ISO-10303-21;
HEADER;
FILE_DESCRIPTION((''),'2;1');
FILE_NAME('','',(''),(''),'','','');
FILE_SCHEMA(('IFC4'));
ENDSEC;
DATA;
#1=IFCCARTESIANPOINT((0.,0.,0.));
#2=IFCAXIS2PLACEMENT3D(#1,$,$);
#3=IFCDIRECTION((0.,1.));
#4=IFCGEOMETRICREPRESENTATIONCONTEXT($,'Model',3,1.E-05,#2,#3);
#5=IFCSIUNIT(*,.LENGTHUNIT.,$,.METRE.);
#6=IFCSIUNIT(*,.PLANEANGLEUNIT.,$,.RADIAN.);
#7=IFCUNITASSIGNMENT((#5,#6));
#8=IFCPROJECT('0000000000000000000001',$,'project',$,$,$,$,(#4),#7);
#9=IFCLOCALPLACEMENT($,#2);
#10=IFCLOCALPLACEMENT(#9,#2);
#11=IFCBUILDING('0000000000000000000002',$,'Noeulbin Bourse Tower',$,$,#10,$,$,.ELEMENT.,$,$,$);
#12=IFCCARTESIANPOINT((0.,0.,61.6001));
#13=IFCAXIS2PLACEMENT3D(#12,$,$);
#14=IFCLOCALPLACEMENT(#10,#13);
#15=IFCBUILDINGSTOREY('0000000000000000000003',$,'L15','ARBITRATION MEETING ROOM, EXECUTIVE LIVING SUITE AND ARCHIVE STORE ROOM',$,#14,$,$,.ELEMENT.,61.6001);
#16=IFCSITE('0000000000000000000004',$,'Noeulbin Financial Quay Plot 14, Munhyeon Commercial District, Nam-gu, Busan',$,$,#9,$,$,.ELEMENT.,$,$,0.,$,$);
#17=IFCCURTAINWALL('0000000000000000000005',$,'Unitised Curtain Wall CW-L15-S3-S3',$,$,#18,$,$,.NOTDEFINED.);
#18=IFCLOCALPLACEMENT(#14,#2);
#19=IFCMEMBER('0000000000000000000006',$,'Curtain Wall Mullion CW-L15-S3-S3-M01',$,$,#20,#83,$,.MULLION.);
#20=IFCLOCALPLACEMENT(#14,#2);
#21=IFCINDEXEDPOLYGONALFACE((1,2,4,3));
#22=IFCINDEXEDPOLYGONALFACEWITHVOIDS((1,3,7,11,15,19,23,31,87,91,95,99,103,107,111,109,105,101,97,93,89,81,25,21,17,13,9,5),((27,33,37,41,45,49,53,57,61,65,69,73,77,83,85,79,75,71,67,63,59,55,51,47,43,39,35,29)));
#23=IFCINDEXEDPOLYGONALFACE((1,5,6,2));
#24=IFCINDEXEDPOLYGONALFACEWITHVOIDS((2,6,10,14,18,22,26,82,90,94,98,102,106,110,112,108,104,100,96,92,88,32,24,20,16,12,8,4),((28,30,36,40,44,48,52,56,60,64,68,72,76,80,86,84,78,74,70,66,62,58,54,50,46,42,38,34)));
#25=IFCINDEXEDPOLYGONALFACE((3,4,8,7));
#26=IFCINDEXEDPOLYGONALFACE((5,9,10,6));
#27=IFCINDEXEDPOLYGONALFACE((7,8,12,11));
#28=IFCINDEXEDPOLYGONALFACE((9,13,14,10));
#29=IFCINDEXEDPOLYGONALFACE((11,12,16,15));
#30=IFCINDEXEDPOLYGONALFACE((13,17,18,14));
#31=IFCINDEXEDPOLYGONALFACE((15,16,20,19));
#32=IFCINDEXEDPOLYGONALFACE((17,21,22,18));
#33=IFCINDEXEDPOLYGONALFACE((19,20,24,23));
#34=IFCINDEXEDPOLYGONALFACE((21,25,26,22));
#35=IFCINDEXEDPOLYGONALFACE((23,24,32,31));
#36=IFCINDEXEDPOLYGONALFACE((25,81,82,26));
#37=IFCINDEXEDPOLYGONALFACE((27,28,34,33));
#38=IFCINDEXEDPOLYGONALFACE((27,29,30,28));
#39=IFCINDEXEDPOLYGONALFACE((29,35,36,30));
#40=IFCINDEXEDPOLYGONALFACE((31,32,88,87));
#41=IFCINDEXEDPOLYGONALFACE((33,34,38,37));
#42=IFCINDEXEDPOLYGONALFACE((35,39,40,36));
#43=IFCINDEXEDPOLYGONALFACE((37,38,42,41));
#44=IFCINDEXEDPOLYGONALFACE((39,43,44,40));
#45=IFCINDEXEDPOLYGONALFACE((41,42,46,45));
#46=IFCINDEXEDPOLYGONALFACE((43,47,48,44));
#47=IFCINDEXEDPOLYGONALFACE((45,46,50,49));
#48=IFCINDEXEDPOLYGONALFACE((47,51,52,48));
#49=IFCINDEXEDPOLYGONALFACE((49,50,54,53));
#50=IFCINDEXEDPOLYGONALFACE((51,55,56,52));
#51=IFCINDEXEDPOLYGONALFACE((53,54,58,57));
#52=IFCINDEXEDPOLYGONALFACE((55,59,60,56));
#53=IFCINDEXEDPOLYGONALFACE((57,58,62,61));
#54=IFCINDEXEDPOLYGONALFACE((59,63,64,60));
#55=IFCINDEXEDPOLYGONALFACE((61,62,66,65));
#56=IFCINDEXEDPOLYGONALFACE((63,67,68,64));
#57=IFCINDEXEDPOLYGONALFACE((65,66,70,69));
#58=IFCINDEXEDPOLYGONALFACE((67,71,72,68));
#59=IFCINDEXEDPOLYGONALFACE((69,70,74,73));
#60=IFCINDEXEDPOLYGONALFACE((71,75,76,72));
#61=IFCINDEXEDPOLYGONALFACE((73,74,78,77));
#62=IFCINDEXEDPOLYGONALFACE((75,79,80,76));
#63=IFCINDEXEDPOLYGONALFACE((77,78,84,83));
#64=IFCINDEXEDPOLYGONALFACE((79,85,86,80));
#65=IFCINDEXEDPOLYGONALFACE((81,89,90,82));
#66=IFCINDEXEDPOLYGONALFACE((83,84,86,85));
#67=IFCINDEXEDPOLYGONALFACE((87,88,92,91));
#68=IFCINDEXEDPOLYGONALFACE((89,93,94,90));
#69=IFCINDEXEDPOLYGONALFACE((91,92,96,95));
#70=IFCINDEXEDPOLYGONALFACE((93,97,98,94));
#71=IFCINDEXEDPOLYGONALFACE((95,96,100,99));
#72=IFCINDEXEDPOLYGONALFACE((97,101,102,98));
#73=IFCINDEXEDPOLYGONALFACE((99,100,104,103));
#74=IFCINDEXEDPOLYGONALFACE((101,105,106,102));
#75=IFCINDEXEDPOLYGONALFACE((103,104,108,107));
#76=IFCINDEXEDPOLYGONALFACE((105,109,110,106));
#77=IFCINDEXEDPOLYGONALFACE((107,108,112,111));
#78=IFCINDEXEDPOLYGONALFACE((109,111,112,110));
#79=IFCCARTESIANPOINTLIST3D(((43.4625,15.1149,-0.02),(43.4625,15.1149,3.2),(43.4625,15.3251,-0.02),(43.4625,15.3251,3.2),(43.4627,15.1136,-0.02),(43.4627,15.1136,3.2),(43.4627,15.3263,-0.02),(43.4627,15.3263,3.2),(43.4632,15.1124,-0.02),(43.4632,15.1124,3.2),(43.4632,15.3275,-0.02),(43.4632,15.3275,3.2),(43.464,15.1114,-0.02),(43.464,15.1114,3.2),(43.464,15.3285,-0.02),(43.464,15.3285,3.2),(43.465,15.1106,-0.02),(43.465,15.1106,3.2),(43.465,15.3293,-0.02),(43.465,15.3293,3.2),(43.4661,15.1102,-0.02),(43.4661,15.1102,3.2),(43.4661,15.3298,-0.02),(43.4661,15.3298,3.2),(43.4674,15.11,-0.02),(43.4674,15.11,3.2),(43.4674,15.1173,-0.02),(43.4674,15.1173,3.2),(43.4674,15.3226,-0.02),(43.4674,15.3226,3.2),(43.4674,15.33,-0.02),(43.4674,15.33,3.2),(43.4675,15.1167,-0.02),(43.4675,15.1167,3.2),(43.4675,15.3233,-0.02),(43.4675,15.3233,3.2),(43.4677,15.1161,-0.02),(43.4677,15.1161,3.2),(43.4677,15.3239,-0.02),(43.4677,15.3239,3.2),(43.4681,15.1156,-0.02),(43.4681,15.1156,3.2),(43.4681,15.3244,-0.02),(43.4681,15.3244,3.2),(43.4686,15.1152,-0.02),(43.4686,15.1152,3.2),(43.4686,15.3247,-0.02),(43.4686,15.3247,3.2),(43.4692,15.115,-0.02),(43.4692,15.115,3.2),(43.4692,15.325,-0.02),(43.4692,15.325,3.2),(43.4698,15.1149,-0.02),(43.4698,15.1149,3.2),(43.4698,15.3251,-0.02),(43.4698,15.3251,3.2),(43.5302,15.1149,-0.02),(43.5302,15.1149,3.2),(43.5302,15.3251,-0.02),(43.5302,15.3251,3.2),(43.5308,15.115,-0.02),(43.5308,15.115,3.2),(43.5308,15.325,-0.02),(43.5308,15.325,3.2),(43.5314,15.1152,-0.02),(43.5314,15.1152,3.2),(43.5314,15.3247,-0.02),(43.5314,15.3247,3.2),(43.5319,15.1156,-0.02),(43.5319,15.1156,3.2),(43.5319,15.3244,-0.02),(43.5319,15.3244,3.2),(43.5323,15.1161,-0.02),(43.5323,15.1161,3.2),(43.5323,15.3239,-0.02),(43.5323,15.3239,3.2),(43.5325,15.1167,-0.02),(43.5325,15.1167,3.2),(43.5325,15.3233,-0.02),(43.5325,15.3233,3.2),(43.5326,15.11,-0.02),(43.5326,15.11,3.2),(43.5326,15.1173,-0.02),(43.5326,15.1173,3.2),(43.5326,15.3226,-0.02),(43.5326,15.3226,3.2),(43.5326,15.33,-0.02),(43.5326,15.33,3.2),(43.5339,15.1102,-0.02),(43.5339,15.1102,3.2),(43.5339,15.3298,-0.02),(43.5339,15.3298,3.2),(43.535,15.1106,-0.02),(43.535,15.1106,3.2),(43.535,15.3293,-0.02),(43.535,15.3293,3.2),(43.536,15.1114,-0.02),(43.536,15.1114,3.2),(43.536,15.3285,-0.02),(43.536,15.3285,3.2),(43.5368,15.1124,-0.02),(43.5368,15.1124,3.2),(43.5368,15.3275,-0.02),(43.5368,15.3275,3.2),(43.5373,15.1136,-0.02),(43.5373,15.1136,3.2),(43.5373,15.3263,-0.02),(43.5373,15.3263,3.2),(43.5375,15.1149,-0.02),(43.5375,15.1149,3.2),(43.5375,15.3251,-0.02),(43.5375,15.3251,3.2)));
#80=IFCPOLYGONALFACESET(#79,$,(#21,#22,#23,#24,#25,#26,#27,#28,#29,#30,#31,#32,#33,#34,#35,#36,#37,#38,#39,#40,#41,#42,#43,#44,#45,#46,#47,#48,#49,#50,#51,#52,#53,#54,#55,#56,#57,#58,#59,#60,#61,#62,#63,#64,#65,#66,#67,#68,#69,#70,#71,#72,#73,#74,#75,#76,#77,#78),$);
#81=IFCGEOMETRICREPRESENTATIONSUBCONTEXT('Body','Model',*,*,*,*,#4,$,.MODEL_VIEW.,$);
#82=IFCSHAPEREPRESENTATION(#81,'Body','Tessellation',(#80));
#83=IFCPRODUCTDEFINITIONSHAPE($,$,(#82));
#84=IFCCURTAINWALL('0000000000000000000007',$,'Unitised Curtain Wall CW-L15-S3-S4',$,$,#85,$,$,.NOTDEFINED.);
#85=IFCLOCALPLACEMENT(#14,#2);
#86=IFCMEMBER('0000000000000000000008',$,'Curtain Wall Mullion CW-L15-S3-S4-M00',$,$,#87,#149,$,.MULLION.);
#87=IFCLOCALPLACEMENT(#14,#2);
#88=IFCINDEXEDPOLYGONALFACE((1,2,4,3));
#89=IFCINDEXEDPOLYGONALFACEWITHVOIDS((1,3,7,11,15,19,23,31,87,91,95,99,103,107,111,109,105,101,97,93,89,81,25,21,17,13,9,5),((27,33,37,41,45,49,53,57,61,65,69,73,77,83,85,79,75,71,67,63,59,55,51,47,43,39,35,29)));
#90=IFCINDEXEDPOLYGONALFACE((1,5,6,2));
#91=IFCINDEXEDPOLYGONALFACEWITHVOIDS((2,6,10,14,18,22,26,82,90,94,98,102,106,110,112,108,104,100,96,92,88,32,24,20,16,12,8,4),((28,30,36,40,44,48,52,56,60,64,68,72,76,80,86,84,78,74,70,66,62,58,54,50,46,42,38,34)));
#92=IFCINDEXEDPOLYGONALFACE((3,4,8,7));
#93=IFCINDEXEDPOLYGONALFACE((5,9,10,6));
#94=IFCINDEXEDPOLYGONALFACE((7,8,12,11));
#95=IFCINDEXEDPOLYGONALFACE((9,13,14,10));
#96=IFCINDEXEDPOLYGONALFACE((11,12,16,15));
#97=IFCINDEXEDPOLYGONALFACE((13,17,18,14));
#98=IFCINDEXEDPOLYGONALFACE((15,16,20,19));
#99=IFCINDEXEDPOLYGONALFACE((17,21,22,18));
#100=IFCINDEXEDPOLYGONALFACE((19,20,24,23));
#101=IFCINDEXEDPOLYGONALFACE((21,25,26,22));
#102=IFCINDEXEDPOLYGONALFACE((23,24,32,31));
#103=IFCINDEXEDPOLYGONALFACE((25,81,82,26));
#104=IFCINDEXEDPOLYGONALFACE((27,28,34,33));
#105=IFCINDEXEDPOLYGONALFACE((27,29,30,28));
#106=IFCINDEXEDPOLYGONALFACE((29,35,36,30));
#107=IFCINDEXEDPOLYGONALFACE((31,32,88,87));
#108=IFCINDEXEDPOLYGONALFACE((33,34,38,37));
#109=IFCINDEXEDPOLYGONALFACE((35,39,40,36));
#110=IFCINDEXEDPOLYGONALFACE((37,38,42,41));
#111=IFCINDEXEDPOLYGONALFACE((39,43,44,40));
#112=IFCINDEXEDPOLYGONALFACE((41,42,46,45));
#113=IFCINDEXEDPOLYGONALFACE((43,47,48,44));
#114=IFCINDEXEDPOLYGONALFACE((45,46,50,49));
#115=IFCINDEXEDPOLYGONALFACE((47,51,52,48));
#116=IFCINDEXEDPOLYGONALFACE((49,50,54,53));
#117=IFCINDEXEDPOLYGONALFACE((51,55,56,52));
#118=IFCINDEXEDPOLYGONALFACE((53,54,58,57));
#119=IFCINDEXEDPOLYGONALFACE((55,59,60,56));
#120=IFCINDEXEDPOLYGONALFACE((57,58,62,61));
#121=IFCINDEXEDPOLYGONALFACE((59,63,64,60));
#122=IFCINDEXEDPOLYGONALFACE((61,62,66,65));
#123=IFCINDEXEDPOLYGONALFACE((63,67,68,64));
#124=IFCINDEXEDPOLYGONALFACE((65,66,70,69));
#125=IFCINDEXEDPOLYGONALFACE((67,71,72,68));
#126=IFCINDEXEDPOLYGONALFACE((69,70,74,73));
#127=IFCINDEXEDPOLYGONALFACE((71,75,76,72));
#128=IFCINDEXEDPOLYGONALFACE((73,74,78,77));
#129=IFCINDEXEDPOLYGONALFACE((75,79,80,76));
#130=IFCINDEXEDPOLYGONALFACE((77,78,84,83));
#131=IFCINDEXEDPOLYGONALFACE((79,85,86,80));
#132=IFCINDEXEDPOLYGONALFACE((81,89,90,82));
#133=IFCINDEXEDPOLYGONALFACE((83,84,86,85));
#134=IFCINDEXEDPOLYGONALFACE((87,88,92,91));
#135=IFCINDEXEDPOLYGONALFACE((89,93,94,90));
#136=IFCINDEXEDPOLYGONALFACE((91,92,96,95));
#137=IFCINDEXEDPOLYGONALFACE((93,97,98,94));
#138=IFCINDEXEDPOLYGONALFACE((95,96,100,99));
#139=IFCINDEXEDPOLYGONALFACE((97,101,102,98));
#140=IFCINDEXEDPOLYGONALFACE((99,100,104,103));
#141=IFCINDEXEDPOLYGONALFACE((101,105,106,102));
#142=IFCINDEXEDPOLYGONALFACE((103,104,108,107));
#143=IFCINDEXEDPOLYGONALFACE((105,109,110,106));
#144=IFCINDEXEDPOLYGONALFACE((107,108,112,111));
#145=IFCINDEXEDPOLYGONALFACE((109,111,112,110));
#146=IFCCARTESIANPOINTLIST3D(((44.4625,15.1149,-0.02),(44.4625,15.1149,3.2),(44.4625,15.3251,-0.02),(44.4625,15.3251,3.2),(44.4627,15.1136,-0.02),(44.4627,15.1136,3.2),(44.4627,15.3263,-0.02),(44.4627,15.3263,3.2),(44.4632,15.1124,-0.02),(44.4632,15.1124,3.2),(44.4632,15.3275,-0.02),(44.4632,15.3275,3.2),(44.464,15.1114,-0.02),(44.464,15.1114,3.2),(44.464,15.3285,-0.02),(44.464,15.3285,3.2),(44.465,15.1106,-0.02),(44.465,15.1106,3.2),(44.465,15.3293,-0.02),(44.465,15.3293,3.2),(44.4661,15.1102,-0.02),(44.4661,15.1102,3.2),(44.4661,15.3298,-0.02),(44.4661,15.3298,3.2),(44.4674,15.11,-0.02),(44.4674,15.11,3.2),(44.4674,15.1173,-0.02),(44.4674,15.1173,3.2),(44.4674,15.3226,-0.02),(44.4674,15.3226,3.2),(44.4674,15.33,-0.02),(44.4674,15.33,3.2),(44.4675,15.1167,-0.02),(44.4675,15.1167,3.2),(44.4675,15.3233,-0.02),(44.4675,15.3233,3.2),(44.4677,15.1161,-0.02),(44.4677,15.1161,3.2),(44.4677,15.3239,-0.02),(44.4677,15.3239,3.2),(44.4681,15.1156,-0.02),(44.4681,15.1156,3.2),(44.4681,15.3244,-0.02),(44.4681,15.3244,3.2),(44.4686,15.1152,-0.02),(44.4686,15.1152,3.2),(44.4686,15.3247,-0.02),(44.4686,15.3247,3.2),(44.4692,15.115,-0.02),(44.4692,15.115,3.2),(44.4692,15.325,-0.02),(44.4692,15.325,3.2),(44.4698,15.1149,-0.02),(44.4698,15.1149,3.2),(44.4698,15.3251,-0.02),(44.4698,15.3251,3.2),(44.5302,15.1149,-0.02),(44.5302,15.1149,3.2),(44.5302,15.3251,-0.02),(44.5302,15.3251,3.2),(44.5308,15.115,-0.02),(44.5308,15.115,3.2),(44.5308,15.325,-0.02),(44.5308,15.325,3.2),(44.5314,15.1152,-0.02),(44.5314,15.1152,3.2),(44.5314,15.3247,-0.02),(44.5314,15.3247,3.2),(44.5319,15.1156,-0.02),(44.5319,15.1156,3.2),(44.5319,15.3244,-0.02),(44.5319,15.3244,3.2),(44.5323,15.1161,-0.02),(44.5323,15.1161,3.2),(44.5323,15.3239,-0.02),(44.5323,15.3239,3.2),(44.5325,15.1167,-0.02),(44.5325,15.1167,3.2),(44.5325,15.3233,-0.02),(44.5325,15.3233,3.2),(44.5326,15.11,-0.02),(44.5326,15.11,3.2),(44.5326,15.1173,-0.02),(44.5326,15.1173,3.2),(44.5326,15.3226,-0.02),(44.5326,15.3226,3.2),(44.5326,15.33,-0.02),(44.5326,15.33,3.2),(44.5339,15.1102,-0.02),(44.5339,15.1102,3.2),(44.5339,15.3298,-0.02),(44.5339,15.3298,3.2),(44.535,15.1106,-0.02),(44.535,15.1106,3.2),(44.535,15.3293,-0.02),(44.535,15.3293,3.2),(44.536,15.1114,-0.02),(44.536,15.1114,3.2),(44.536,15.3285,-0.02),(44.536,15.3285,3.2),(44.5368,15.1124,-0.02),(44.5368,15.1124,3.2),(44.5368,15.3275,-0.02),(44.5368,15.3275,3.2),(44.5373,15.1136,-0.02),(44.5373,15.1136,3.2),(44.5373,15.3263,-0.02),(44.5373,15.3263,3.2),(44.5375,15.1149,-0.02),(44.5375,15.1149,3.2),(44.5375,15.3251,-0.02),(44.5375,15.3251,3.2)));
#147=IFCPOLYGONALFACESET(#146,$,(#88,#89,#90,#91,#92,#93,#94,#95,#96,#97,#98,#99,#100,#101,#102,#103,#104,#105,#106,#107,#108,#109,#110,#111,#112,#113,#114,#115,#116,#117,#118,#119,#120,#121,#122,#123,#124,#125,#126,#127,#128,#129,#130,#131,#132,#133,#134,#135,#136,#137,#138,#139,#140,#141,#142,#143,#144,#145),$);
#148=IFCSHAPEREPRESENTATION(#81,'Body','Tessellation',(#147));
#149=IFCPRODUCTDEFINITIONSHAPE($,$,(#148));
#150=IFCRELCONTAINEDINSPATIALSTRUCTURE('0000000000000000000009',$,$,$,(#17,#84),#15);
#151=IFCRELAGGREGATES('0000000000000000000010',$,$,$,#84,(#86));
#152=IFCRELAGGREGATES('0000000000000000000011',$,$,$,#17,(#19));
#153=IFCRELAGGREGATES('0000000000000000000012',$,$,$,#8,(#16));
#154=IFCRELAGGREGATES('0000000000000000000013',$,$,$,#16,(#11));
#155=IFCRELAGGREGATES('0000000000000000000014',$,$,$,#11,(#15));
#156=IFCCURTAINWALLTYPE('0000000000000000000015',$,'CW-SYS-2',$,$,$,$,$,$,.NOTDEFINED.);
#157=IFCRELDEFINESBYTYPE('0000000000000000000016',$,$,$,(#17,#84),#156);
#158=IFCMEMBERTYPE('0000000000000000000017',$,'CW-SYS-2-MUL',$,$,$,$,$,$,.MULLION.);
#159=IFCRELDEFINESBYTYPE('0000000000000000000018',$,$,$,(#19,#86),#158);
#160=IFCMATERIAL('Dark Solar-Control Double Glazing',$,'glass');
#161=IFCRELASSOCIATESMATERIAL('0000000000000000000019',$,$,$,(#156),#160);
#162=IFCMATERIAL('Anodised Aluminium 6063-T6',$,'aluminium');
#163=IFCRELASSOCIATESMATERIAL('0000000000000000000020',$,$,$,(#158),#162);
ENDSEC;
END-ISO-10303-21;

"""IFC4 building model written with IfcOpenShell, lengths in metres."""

from ifc_helpers import new_model, si_unit, direction, frame, origin, origin_2d, place, context, subcontext, project, spatial, hollow_rectangle, extrude, material, material_profile, profile_set, type_object, element, aggregate, save


model = new_model("IFC4")

# Units and contexts
model_context = context("Model", 3, precision=1e-05, world=origin(), true_north=direction((0.0, 1.0)))
body_context = subcontext(model_context, "Body", "Model", "MODEL_VIEW")
ifc_project = project(units=[si_unit("LENGTHUNIT", "METRE"), si_unit("PLANEANGLEUNIT", "RADIAN")], contexts=[model_context])

# Site, building, storey
site_placement = place(None, origin())
site = spatial("IfcSite", under=ifc_project, at=site_placement, Name="Noeulbin Financial Quay Plot 14, Munhyeon Commercial District, Nam-gu, Busan", CompositionType="ELEMENT", RefElevation=0.0)
building_placement = place(site_placement, origin())
building = spatial("IfcBuilding", under=site, at=building_placement, Name="Noeulbin Bourse Tower", CompositionType="ELEMENT")
storey_placement = place(building_placement, frame((0.0, 0.0, 61.6001)))
storey = spatial("IfcBuildingStorey", under=building, at=storey_placement, Name="L15", Description="ARBITRATION MEETING ROOM, EXECUTIVE LIVING SUITE AND ARCHIVE STORE ROOM", CompositionType="ELEMENT", Elevation=61.6001)

# Curtain walls, members
ifc_material_1 = material(Name="Dark Solar-Control Double Glazing", Category="glass")
curtain_wall_type = type_object("IfcCurtainWallType", Name="CW-SYS-2", PredefinedType="NOTDEFINED", material=ifc_material_1)
curtain_wall_1_placement = place(storey_placement, origin())
curtain_wall_1 = element("IfcCurtainWall", 1, at=curtain_wall_1_placement, inside=storey, type_object=curtain_wall_type, Name="Unitised Curtain Wall CW-L15-S3-S3", PredefinedType="NOTDEFINED")
ifc_material_2 = material(Name="Anodised Aluminium 6063-T6", Category="aluminium")
ifc_material_profile_1 = material_profile(ifc_material_2, hollow_rectangle(XDim=0.075, YDim=0.22, WallThickness=0.0049, InnerFilletRadius=0.0024, OuterFilletRadius=0.0049, at=origin_2d()), Name="ALU-MULL-75x220x5", Category="LoadBearing")
ifc_profile_set_1 = profile_set([ifc_material_profile_1], Name="Anodised Aluminium 6063-T6")
member_type_1 = type_object("IfcMemberType", Name="CW-SYS-2-MUL", PredefinedType="MULLION", material=ifc_profile_set_1)
member_1_placement = place(storey_placement, frame((43.5, 15.22, -0.02), z_axis=(0.0, 0.0, 1.0), x_axis=(1.0, 0.0, 0.0)))
member_1 = element("IfcMember", 2, at=member_1_placement, type_object=member_type_1, Name="Curtain Wall Mullion CW-L15-S3-S3-M01", PredefinedType="MULLION", context=body_context, shape_type="SweptSolid", body=[
    extrude(hollow_rectangle(XDim=0.075, YDim=0.22, WallThickness=0.0049, InnerFilletRadius=0.0024, OuterFilletRadius=0.0049, at=origin_2d()), origin(), (0.0, 0.0, 1.0), 3.22),
])
curtain_wall_2_placement = place(storey_placement, origin())
curtain_wall_2 = element("IfcCurtainWall", 3, at=curtain_wall_2_placement, inside=storey, type_object=curtain_wall_type, Name="Unitised Curtain Wall CW-L15-S3-S4", PredefinedType="NOTDEFINED")
member_2_placement = place(storey_placement, frame((44.5, 15.22, -0.02), z_axis=(0.0, 0.0, 1.0), x_axis=(1.0, 0.0, 0.0)))
member_2 = element("IfcMember", 4, at=member_2_placement, type_object=member_type_1, Name="Curtain Wall Mullion CW-L15-S3-S4-M00", PredefinedType="MULLION", context=body_context, shape_type="SweptSolid", body=[
    extrude(hollow_rectangle(XDim=0.075, YDim=0.22, WallThickness=0.0049, InnerFilletRadius=0.0024, OuterFilletRadius=0.0049, at=origin_2d()), origin(), (0.0, 0.0, 1.0), 3.22),
])
aggregate(curtain_wall_2, [member_2])

aggregate(curtain_wall_1, [member_1])

save(model, "model.ifc")
